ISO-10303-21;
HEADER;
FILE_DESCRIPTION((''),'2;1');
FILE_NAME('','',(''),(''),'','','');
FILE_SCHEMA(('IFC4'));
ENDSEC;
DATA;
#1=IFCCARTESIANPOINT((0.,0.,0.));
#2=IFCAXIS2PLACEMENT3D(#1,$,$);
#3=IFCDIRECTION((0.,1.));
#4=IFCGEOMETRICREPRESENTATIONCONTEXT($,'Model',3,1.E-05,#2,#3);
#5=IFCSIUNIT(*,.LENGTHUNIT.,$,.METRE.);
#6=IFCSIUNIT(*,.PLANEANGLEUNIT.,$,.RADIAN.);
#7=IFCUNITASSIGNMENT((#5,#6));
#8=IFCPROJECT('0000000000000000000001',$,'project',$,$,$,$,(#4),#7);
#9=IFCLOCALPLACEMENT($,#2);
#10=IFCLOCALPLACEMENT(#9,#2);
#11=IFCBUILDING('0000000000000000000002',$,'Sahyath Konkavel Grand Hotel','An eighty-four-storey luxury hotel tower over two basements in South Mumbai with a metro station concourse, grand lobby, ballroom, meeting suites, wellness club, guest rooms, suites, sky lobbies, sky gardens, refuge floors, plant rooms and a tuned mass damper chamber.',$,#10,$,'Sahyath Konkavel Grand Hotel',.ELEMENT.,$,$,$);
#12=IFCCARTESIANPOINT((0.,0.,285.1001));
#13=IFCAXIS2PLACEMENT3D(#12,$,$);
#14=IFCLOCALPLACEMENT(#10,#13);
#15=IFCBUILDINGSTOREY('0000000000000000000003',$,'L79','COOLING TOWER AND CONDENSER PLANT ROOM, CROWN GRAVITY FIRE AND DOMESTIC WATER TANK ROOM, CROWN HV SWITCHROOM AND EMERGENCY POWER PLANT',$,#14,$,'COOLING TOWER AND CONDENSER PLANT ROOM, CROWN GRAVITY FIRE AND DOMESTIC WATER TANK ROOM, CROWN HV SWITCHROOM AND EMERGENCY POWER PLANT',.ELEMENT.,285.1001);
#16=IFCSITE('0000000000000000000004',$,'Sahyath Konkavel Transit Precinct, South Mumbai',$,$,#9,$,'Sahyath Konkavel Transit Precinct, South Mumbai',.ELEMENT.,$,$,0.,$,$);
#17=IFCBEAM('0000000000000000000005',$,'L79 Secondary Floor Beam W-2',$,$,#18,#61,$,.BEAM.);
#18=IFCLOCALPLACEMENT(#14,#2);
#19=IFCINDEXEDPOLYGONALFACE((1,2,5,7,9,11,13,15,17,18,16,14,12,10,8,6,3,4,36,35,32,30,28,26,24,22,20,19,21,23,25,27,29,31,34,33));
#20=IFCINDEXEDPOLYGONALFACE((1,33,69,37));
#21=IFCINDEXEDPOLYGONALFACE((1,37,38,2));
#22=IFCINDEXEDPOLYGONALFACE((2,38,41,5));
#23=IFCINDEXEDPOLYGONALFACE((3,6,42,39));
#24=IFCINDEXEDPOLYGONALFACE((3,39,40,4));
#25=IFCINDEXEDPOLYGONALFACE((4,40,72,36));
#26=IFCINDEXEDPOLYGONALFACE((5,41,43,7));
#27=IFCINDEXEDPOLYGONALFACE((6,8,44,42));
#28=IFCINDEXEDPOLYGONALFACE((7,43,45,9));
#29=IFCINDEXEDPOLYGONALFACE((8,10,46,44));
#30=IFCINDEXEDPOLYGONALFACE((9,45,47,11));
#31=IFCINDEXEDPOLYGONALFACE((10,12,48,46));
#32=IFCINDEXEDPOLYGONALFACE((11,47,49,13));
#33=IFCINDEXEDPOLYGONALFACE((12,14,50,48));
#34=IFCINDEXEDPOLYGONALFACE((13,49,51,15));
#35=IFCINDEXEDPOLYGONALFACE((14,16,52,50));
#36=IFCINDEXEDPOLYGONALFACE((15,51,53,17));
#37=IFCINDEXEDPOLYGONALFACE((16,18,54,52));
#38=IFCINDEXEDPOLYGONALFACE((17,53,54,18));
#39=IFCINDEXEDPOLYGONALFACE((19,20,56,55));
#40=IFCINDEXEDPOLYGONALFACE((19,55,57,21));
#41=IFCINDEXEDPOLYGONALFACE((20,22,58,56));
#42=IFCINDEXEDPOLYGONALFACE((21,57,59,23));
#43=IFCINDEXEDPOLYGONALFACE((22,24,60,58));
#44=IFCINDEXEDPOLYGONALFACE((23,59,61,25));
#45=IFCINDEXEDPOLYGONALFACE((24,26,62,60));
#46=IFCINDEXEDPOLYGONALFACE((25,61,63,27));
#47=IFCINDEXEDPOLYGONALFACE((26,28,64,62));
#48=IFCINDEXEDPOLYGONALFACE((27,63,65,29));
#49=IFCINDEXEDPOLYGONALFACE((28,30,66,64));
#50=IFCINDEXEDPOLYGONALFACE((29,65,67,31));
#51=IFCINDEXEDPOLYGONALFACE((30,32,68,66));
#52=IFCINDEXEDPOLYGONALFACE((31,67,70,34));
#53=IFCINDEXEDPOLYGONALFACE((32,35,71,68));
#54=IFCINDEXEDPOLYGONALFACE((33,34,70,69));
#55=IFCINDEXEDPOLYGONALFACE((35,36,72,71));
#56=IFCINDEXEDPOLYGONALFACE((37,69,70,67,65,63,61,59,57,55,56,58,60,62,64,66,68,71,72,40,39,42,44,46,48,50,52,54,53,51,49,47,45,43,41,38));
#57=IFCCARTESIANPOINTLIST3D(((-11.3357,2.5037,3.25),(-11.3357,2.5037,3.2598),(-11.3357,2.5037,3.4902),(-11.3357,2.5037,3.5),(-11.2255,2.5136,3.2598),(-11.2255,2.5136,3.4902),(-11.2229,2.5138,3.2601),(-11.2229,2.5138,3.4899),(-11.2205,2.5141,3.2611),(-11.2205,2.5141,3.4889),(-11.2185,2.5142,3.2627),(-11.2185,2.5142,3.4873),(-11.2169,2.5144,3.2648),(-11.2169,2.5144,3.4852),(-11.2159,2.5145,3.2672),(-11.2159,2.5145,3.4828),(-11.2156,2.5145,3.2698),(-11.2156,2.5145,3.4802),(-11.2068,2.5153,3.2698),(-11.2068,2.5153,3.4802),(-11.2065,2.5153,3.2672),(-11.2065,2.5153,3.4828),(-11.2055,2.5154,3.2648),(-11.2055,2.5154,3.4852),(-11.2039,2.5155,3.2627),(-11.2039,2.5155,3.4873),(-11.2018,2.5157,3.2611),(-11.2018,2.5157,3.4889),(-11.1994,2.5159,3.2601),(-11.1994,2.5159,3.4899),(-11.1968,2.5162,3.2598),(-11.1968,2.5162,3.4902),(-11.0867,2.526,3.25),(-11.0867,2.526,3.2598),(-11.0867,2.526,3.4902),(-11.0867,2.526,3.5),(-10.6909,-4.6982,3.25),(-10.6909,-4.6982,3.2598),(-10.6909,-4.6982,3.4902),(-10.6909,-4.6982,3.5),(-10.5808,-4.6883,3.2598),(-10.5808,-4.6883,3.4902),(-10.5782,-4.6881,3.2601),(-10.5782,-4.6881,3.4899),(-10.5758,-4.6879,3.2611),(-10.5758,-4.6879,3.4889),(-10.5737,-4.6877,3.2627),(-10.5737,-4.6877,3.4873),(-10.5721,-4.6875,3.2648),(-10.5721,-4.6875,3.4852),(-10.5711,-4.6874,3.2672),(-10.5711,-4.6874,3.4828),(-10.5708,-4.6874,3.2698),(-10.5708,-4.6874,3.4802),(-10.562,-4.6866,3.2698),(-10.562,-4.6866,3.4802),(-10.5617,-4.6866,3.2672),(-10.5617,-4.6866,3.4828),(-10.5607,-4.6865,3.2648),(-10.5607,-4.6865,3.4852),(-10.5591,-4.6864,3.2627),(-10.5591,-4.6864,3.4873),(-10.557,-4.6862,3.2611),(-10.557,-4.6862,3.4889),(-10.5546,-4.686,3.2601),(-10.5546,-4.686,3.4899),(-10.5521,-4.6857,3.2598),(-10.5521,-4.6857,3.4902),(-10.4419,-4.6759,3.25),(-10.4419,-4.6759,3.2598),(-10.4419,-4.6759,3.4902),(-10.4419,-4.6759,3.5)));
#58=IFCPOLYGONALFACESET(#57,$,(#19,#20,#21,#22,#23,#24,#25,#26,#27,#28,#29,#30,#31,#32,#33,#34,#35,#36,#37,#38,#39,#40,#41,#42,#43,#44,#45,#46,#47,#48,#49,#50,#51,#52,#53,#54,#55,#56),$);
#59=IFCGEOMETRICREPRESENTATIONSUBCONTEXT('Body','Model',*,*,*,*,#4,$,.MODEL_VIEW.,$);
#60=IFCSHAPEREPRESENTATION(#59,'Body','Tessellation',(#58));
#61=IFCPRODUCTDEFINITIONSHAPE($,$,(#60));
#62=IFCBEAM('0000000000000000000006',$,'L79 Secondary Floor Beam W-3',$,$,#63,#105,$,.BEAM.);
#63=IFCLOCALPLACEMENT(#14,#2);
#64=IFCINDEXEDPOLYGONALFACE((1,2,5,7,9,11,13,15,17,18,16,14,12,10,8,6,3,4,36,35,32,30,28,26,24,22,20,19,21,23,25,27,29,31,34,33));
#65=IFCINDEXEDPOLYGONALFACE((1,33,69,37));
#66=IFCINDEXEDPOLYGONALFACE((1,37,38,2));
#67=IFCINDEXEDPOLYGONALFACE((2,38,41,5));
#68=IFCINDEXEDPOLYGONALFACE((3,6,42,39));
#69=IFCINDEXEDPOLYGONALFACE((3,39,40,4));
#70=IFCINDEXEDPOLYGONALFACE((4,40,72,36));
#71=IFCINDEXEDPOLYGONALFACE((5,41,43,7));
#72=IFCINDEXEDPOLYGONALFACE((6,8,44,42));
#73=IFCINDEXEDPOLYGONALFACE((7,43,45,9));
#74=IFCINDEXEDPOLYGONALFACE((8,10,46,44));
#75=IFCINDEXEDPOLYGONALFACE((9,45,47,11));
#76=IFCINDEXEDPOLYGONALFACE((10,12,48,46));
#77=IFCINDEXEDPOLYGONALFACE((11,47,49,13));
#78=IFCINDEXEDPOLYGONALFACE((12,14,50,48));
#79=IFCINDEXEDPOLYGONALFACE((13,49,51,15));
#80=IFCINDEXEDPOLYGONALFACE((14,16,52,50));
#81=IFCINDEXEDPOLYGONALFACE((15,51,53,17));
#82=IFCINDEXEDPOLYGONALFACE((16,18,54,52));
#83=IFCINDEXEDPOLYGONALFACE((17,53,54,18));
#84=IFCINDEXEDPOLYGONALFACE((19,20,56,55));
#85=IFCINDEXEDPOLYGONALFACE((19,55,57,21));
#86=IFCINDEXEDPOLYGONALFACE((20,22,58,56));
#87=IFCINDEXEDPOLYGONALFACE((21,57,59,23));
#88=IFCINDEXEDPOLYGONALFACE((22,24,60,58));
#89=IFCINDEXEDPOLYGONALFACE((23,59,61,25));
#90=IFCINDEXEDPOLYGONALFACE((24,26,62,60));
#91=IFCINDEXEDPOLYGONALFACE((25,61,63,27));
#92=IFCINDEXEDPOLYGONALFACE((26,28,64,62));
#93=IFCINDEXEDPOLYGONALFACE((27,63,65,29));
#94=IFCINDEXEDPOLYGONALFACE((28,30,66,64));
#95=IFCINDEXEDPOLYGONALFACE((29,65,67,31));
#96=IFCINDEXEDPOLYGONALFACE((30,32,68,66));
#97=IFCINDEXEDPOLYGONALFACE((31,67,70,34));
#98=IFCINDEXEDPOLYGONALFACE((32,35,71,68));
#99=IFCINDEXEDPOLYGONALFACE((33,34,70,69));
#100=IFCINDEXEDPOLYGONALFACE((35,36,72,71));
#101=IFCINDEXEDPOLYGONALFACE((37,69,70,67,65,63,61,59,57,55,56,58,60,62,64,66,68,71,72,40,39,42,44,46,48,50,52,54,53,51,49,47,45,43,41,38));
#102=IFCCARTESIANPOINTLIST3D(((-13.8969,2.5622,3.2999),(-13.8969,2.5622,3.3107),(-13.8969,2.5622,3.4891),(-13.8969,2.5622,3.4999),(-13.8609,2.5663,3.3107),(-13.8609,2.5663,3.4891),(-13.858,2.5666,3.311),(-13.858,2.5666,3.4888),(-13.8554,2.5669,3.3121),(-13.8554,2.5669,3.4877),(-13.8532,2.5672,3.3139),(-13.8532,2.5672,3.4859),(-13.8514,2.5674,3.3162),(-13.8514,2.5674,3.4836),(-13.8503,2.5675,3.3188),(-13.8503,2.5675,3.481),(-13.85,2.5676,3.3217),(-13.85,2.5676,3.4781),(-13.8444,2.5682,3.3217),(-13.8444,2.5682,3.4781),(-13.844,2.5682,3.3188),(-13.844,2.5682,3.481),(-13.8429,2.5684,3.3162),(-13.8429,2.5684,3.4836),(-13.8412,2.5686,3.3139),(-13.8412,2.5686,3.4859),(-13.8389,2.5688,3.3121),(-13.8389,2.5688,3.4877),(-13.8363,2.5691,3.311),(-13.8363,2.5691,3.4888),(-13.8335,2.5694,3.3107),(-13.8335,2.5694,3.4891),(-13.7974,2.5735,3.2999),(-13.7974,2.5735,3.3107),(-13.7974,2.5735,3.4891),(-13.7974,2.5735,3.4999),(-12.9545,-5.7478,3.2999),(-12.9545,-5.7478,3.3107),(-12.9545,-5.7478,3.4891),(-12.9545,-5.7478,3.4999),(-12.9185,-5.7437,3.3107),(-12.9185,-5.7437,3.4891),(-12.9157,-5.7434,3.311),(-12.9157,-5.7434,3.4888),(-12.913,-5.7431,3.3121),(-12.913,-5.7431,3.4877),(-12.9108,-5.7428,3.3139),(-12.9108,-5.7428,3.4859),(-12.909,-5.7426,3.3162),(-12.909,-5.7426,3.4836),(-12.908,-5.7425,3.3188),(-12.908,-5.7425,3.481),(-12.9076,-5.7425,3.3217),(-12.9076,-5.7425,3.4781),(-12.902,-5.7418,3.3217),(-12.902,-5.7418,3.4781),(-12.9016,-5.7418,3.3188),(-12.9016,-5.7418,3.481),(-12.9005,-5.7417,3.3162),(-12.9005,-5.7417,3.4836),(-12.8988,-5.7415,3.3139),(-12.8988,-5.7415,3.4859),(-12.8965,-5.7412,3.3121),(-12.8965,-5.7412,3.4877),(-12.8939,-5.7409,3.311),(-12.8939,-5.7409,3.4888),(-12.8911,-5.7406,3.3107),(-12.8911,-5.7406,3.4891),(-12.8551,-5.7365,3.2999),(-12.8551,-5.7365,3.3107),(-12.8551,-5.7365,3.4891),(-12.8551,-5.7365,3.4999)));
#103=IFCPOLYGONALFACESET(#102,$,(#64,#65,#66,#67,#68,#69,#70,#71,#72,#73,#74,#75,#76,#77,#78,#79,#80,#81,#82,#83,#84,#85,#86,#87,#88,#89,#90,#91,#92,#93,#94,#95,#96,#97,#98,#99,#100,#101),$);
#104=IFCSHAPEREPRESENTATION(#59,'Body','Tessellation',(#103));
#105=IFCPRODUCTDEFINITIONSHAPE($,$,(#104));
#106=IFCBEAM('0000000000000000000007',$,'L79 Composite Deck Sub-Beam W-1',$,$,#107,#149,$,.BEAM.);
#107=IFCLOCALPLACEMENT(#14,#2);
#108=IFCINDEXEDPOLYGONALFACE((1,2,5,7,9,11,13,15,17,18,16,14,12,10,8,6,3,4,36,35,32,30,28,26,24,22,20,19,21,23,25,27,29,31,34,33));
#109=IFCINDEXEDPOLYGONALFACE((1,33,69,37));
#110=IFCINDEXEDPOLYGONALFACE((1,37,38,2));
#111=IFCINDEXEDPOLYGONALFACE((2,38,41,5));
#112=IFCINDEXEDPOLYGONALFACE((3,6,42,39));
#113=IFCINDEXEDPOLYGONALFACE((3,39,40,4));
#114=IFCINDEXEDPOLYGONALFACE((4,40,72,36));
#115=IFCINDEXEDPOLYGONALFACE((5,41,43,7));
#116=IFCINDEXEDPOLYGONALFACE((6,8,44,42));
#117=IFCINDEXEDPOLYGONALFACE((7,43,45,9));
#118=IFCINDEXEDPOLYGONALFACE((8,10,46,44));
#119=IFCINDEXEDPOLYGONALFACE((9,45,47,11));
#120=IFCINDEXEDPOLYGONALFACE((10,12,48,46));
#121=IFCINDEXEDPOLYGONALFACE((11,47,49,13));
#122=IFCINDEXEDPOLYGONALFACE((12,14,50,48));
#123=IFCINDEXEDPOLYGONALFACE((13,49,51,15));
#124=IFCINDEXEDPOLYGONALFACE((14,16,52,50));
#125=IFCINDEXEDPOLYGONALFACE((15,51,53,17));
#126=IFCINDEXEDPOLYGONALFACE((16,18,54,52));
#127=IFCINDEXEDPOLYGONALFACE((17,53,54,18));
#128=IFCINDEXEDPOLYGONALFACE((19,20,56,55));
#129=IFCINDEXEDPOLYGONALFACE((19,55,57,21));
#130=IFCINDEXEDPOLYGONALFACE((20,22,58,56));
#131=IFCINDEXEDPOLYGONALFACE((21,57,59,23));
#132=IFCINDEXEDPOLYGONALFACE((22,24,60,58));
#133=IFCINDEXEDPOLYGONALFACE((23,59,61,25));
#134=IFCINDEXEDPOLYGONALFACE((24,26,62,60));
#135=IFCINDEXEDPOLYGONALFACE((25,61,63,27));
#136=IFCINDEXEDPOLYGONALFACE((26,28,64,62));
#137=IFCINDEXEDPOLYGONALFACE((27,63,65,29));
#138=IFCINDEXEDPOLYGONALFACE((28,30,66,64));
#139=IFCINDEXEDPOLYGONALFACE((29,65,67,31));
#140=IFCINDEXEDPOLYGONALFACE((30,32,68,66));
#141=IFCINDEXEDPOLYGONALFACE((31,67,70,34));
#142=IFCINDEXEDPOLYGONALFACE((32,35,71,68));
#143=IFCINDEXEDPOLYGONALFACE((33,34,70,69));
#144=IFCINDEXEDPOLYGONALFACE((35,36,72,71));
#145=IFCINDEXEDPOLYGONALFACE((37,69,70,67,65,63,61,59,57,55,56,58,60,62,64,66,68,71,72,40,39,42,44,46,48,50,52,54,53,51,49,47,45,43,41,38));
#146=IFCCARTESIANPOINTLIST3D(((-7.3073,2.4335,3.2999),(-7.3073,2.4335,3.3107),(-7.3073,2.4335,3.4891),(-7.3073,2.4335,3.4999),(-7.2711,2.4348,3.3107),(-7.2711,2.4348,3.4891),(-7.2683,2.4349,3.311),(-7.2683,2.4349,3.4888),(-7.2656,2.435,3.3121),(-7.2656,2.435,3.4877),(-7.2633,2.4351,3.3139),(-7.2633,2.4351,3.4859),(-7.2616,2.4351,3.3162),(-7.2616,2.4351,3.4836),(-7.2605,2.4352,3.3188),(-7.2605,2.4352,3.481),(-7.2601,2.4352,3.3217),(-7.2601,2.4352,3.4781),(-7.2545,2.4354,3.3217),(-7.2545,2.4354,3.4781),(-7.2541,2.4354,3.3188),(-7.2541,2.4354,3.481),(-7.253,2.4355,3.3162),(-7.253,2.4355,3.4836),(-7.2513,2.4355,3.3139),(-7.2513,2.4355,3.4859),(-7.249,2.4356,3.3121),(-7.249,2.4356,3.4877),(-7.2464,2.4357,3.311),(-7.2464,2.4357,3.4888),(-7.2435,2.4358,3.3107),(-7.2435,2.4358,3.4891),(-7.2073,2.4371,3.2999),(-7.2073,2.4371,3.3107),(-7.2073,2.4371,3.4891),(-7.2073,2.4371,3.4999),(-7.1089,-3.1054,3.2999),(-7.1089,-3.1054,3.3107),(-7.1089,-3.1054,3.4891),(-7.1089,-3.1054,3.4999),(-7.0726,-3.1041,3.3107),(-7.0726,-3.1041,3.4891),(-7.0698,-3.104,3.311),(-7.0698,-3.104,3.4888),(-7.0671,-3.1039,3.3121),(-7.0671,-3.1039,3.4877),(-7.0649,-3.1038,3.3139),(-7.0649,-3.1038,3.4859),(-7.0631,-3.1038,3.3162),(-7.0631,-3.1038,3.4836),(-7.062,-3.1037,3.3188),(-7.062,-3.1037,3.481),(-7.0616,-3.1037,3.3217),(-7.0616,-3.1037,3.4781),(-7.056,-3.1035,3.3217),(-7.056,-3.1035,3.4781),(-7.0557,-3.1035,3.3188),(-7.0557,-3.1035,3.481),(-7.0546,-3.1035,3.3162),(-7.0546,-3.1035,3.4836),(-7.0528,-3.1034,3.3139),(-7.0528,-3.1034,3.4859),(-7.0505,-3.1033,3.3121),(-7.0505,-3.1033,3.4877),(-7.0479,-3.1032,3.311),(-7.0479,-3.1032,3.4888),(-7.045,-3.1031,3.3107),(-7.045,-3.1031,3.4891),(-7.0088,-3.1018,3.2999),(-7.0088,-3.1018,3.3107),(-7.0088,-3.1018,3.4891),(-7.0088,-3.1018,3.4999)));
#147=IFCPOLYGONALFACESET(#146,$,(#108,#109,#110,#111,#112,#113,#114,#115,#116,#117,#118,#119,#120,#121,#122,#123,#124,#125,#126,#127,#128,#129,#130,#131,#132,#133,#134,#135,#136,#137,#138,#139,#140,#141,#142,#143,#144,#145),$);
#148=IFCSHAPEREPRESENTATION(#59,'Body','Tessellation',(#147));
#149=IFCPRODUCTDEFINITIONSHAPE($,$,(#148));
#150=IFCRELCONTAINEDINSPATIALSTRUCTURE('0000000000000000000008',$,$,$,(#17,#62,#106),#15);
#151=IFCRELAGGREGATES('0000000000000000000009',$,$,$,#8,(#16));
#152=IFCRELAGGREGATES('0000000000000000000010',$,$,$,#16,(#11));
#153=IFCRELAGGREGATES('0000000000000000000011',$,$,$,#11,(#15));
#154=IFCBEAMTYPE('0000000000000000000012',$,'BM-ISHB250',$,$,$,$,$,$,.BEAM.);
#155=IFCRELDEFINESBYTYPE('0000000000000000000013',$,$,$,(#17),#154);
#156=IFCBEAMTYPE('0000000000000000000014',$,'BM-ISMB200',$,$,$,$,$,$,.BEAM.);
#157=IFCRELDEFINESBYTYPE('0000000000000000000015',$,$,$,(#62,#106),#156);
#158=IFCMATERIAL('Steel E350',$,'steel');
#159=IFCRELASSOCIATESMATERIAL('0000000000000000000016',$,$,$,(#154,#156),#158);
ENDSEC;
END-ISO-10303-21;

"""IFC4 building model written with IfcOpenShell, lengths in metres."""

from ifc_helpers import new_model, si_unit, direction, frame, origin, origin_2d, place, context, subcontext, project, spatial, i_section, extrude, source, transform, mapped, material, material_profile, profile_set, type_object, element, save


model = new_model("IFC4")

# Units and contexts
model_context = context("Model", 3, precision=1e-05, world=origin(), true_north=direction((0.0, 1.0)))
body_context = subcontext(model_context, "Body", "Model", "MODEL_VIEW")
ifc_project = project(units=[si_unit("LENGTHUNIT", "METRE"), si_unit("PLANEANGLEUNIT", "RADIAN")], contexts=[model_context])

# Site, building, storey
site_placement = place(None, origin())
site = spatial("IfcSite", under=ifc_project, at=site_placement, Name="Sahyath Konkavel Transit Precinct, South Mumbai", LongName="Sahyath Konkavel Transit Precinct, South Mumbai", CompositionType="ELEMENT", RefElevation=0.0)
building_placement = place(site_placement, origin())
building = spatial("IfcBuilding", under=site, at=building_placement, Name="Sahyath Konkavel Grand Hotel", Description="An eighty-four-storey luxury hotel tower over two basements in South Mumbai with a metro station concourse, grand lobby, ballroom, meeting suites, wellness club, guest rooms, suites, sky lobbies, sky gardens, refuge floors, plant rooms and a tuned mass damper chamber.", LongName="Sahyath Konkavel Grand Hotel", CompositionType="ELEMENT")
storey_placement = place(building_placement, frame((0.0, 0.0, 285.1001)))
storey = spatial("IfcBuildingStorey", under=building, at=storey_placement, Name="L79", Description="COOLING TOWER AND CONDENSER PLANT ROOM, CROWN GRAVITY FIRE AND DOMESTIC WATER TANK ROOM, CROWN HV SWITCHROOM AND EMERGENCY POWER PLANT", LongName="COOLING TOWER AND CONDENSER PLANT ROOM, CROWN GRAVITY FIRE AND DOMESTIC WATER TANK ROOM, CROWN HV SWITCHROOM AND EMERGENCY POWER PLANT", CompositionType="ELEMENT", Elevation=285.1001)

# Beams
ifc_material_1 = material(Name="Steel E350", Category="steel")
ifc_material_profile_1 = material_profile(ifc_material_1, i_section(OverallWidth=0.25, OverallDepth=0.25, WebThickness=0.0088, FlangeThickness=0.0098, FilletRadius=0.01, at=origin_2d()), Name="ISHB 250")
ifc_profile_set_1 = profile_set([ifc_material_profile_1], Name="Steel E350")
beam_type_1 = type_object("IfcBeamType", Name="BM-ISHB250", PredefinedType="BEAM", material=ifc_profile_set_1)
shared_shape_1 = source(origin(), body_context, "Body", "SweptSolid", [
    extrude(i_section(OverallWidth=0.25, OverallDepth=0.25, WebThickness=0.0088, FlangeThickness=0.0098, FilletRadius=0.01, at=origin_2d()), origin(), (0.0, 0.0, 1.0), 7.2307),
])
beam_1_placement = place(storey_placement, frame((-11.2112, 2.5149, 3.375), z_axis=(0.089172, -0.996016, 0.0), x_axis=(0.996016, 0.089172, 0.0)))
element("IfcBeam", 1, at=beam_1_placement, inside=storey, type_object=beam_type_1, Name="L79 Secondary Floor Beam W-2", PredefinedType="BEAM", context=body_context, shape_type="MappedRepresentation", body=[
    mapped(shared_shape_1, transform((0.0, 0.0, 0.0), scale=1.0)),
])
ifc_material_profile_2 = material_profile(ifc_material_1, i_section(OverallWidth=0.1001, OverallDepth=0.2, WebThickness=0.0056, FlangeThickness=0.0107, FilletRadius=0.011, at=origin_2d()), Name="ISMB 200")
ifc_profile_set_2 = profile_set([ifc_material_profile_2], Name="Steel E350")
beam_type_2 = type_object("IfcBeamType", Name="BM-ISMB200", PredefinedType="BEAM", material=ifc_profile_set_2)
shared_shape_2 = source(origin(), body_context, "Body", "SweptSolid", [
    extrude(i_section(OverallWidth=0.1001, OverallDepth=0.2, WebThickness=0.0056, FlangeThickness=0.0107, FilletRadius=0.011, at=origin_2d()), origin(), (0.0, 0.0, 1.0), 8.3633),
])
beam_2_placement = place(storey_placement, frame((-13.8472, 2.5679, 3.3999), z_axis=(0.11268, -0.993631, 0.0), x_axis=(0.993631, 0.11268, 0.0)))
element("IfcBeam", 2, at=beam_2_placement, inside=storey, type_object=beam_type_2, Name="L79 Secondary Floor Beam W-3", PredefinedType="BEAM", context=body_context, shape_type="MappedRepresentation", body=[
    mapped(shared_shape_2, transform((0.0, 0.0, 0.0), scale=1.0)),
])
shared_shape_3 = source(origin(), body_context, "Body", "SweptSolid", [
    extrude(i_section(OverallWidth=0.1001, OverallDepth=0.2, WebThickness=0.0056, FlangeThickness=0.0107, FilletRadius=0.011, at=origin_2d()), origin(), (0.0, 0.0, 1.0), 5.5425),
])
beam_3_placement = place(storey_placement, frame((-7.2573, 2.4353, 3.3999), z_axis=(0.035813, -0.999359, 0.0), x_axis=(0.999359, 0.035813, 0.0)))
element("IfcBeam", 3, at=beam_3_placement, inside=storey, type_object=beam_type_2, Name="L79 Composite Deck Sub-Beam W-1", PredefinedType="BEAM", context=body_context, shape_type="MappedRepresentation", body=[
    mapped(shared_shape_3, transform((0.0, 0.0, 0.0), scale=1.0)),
])

save(model, "model.ifc")
